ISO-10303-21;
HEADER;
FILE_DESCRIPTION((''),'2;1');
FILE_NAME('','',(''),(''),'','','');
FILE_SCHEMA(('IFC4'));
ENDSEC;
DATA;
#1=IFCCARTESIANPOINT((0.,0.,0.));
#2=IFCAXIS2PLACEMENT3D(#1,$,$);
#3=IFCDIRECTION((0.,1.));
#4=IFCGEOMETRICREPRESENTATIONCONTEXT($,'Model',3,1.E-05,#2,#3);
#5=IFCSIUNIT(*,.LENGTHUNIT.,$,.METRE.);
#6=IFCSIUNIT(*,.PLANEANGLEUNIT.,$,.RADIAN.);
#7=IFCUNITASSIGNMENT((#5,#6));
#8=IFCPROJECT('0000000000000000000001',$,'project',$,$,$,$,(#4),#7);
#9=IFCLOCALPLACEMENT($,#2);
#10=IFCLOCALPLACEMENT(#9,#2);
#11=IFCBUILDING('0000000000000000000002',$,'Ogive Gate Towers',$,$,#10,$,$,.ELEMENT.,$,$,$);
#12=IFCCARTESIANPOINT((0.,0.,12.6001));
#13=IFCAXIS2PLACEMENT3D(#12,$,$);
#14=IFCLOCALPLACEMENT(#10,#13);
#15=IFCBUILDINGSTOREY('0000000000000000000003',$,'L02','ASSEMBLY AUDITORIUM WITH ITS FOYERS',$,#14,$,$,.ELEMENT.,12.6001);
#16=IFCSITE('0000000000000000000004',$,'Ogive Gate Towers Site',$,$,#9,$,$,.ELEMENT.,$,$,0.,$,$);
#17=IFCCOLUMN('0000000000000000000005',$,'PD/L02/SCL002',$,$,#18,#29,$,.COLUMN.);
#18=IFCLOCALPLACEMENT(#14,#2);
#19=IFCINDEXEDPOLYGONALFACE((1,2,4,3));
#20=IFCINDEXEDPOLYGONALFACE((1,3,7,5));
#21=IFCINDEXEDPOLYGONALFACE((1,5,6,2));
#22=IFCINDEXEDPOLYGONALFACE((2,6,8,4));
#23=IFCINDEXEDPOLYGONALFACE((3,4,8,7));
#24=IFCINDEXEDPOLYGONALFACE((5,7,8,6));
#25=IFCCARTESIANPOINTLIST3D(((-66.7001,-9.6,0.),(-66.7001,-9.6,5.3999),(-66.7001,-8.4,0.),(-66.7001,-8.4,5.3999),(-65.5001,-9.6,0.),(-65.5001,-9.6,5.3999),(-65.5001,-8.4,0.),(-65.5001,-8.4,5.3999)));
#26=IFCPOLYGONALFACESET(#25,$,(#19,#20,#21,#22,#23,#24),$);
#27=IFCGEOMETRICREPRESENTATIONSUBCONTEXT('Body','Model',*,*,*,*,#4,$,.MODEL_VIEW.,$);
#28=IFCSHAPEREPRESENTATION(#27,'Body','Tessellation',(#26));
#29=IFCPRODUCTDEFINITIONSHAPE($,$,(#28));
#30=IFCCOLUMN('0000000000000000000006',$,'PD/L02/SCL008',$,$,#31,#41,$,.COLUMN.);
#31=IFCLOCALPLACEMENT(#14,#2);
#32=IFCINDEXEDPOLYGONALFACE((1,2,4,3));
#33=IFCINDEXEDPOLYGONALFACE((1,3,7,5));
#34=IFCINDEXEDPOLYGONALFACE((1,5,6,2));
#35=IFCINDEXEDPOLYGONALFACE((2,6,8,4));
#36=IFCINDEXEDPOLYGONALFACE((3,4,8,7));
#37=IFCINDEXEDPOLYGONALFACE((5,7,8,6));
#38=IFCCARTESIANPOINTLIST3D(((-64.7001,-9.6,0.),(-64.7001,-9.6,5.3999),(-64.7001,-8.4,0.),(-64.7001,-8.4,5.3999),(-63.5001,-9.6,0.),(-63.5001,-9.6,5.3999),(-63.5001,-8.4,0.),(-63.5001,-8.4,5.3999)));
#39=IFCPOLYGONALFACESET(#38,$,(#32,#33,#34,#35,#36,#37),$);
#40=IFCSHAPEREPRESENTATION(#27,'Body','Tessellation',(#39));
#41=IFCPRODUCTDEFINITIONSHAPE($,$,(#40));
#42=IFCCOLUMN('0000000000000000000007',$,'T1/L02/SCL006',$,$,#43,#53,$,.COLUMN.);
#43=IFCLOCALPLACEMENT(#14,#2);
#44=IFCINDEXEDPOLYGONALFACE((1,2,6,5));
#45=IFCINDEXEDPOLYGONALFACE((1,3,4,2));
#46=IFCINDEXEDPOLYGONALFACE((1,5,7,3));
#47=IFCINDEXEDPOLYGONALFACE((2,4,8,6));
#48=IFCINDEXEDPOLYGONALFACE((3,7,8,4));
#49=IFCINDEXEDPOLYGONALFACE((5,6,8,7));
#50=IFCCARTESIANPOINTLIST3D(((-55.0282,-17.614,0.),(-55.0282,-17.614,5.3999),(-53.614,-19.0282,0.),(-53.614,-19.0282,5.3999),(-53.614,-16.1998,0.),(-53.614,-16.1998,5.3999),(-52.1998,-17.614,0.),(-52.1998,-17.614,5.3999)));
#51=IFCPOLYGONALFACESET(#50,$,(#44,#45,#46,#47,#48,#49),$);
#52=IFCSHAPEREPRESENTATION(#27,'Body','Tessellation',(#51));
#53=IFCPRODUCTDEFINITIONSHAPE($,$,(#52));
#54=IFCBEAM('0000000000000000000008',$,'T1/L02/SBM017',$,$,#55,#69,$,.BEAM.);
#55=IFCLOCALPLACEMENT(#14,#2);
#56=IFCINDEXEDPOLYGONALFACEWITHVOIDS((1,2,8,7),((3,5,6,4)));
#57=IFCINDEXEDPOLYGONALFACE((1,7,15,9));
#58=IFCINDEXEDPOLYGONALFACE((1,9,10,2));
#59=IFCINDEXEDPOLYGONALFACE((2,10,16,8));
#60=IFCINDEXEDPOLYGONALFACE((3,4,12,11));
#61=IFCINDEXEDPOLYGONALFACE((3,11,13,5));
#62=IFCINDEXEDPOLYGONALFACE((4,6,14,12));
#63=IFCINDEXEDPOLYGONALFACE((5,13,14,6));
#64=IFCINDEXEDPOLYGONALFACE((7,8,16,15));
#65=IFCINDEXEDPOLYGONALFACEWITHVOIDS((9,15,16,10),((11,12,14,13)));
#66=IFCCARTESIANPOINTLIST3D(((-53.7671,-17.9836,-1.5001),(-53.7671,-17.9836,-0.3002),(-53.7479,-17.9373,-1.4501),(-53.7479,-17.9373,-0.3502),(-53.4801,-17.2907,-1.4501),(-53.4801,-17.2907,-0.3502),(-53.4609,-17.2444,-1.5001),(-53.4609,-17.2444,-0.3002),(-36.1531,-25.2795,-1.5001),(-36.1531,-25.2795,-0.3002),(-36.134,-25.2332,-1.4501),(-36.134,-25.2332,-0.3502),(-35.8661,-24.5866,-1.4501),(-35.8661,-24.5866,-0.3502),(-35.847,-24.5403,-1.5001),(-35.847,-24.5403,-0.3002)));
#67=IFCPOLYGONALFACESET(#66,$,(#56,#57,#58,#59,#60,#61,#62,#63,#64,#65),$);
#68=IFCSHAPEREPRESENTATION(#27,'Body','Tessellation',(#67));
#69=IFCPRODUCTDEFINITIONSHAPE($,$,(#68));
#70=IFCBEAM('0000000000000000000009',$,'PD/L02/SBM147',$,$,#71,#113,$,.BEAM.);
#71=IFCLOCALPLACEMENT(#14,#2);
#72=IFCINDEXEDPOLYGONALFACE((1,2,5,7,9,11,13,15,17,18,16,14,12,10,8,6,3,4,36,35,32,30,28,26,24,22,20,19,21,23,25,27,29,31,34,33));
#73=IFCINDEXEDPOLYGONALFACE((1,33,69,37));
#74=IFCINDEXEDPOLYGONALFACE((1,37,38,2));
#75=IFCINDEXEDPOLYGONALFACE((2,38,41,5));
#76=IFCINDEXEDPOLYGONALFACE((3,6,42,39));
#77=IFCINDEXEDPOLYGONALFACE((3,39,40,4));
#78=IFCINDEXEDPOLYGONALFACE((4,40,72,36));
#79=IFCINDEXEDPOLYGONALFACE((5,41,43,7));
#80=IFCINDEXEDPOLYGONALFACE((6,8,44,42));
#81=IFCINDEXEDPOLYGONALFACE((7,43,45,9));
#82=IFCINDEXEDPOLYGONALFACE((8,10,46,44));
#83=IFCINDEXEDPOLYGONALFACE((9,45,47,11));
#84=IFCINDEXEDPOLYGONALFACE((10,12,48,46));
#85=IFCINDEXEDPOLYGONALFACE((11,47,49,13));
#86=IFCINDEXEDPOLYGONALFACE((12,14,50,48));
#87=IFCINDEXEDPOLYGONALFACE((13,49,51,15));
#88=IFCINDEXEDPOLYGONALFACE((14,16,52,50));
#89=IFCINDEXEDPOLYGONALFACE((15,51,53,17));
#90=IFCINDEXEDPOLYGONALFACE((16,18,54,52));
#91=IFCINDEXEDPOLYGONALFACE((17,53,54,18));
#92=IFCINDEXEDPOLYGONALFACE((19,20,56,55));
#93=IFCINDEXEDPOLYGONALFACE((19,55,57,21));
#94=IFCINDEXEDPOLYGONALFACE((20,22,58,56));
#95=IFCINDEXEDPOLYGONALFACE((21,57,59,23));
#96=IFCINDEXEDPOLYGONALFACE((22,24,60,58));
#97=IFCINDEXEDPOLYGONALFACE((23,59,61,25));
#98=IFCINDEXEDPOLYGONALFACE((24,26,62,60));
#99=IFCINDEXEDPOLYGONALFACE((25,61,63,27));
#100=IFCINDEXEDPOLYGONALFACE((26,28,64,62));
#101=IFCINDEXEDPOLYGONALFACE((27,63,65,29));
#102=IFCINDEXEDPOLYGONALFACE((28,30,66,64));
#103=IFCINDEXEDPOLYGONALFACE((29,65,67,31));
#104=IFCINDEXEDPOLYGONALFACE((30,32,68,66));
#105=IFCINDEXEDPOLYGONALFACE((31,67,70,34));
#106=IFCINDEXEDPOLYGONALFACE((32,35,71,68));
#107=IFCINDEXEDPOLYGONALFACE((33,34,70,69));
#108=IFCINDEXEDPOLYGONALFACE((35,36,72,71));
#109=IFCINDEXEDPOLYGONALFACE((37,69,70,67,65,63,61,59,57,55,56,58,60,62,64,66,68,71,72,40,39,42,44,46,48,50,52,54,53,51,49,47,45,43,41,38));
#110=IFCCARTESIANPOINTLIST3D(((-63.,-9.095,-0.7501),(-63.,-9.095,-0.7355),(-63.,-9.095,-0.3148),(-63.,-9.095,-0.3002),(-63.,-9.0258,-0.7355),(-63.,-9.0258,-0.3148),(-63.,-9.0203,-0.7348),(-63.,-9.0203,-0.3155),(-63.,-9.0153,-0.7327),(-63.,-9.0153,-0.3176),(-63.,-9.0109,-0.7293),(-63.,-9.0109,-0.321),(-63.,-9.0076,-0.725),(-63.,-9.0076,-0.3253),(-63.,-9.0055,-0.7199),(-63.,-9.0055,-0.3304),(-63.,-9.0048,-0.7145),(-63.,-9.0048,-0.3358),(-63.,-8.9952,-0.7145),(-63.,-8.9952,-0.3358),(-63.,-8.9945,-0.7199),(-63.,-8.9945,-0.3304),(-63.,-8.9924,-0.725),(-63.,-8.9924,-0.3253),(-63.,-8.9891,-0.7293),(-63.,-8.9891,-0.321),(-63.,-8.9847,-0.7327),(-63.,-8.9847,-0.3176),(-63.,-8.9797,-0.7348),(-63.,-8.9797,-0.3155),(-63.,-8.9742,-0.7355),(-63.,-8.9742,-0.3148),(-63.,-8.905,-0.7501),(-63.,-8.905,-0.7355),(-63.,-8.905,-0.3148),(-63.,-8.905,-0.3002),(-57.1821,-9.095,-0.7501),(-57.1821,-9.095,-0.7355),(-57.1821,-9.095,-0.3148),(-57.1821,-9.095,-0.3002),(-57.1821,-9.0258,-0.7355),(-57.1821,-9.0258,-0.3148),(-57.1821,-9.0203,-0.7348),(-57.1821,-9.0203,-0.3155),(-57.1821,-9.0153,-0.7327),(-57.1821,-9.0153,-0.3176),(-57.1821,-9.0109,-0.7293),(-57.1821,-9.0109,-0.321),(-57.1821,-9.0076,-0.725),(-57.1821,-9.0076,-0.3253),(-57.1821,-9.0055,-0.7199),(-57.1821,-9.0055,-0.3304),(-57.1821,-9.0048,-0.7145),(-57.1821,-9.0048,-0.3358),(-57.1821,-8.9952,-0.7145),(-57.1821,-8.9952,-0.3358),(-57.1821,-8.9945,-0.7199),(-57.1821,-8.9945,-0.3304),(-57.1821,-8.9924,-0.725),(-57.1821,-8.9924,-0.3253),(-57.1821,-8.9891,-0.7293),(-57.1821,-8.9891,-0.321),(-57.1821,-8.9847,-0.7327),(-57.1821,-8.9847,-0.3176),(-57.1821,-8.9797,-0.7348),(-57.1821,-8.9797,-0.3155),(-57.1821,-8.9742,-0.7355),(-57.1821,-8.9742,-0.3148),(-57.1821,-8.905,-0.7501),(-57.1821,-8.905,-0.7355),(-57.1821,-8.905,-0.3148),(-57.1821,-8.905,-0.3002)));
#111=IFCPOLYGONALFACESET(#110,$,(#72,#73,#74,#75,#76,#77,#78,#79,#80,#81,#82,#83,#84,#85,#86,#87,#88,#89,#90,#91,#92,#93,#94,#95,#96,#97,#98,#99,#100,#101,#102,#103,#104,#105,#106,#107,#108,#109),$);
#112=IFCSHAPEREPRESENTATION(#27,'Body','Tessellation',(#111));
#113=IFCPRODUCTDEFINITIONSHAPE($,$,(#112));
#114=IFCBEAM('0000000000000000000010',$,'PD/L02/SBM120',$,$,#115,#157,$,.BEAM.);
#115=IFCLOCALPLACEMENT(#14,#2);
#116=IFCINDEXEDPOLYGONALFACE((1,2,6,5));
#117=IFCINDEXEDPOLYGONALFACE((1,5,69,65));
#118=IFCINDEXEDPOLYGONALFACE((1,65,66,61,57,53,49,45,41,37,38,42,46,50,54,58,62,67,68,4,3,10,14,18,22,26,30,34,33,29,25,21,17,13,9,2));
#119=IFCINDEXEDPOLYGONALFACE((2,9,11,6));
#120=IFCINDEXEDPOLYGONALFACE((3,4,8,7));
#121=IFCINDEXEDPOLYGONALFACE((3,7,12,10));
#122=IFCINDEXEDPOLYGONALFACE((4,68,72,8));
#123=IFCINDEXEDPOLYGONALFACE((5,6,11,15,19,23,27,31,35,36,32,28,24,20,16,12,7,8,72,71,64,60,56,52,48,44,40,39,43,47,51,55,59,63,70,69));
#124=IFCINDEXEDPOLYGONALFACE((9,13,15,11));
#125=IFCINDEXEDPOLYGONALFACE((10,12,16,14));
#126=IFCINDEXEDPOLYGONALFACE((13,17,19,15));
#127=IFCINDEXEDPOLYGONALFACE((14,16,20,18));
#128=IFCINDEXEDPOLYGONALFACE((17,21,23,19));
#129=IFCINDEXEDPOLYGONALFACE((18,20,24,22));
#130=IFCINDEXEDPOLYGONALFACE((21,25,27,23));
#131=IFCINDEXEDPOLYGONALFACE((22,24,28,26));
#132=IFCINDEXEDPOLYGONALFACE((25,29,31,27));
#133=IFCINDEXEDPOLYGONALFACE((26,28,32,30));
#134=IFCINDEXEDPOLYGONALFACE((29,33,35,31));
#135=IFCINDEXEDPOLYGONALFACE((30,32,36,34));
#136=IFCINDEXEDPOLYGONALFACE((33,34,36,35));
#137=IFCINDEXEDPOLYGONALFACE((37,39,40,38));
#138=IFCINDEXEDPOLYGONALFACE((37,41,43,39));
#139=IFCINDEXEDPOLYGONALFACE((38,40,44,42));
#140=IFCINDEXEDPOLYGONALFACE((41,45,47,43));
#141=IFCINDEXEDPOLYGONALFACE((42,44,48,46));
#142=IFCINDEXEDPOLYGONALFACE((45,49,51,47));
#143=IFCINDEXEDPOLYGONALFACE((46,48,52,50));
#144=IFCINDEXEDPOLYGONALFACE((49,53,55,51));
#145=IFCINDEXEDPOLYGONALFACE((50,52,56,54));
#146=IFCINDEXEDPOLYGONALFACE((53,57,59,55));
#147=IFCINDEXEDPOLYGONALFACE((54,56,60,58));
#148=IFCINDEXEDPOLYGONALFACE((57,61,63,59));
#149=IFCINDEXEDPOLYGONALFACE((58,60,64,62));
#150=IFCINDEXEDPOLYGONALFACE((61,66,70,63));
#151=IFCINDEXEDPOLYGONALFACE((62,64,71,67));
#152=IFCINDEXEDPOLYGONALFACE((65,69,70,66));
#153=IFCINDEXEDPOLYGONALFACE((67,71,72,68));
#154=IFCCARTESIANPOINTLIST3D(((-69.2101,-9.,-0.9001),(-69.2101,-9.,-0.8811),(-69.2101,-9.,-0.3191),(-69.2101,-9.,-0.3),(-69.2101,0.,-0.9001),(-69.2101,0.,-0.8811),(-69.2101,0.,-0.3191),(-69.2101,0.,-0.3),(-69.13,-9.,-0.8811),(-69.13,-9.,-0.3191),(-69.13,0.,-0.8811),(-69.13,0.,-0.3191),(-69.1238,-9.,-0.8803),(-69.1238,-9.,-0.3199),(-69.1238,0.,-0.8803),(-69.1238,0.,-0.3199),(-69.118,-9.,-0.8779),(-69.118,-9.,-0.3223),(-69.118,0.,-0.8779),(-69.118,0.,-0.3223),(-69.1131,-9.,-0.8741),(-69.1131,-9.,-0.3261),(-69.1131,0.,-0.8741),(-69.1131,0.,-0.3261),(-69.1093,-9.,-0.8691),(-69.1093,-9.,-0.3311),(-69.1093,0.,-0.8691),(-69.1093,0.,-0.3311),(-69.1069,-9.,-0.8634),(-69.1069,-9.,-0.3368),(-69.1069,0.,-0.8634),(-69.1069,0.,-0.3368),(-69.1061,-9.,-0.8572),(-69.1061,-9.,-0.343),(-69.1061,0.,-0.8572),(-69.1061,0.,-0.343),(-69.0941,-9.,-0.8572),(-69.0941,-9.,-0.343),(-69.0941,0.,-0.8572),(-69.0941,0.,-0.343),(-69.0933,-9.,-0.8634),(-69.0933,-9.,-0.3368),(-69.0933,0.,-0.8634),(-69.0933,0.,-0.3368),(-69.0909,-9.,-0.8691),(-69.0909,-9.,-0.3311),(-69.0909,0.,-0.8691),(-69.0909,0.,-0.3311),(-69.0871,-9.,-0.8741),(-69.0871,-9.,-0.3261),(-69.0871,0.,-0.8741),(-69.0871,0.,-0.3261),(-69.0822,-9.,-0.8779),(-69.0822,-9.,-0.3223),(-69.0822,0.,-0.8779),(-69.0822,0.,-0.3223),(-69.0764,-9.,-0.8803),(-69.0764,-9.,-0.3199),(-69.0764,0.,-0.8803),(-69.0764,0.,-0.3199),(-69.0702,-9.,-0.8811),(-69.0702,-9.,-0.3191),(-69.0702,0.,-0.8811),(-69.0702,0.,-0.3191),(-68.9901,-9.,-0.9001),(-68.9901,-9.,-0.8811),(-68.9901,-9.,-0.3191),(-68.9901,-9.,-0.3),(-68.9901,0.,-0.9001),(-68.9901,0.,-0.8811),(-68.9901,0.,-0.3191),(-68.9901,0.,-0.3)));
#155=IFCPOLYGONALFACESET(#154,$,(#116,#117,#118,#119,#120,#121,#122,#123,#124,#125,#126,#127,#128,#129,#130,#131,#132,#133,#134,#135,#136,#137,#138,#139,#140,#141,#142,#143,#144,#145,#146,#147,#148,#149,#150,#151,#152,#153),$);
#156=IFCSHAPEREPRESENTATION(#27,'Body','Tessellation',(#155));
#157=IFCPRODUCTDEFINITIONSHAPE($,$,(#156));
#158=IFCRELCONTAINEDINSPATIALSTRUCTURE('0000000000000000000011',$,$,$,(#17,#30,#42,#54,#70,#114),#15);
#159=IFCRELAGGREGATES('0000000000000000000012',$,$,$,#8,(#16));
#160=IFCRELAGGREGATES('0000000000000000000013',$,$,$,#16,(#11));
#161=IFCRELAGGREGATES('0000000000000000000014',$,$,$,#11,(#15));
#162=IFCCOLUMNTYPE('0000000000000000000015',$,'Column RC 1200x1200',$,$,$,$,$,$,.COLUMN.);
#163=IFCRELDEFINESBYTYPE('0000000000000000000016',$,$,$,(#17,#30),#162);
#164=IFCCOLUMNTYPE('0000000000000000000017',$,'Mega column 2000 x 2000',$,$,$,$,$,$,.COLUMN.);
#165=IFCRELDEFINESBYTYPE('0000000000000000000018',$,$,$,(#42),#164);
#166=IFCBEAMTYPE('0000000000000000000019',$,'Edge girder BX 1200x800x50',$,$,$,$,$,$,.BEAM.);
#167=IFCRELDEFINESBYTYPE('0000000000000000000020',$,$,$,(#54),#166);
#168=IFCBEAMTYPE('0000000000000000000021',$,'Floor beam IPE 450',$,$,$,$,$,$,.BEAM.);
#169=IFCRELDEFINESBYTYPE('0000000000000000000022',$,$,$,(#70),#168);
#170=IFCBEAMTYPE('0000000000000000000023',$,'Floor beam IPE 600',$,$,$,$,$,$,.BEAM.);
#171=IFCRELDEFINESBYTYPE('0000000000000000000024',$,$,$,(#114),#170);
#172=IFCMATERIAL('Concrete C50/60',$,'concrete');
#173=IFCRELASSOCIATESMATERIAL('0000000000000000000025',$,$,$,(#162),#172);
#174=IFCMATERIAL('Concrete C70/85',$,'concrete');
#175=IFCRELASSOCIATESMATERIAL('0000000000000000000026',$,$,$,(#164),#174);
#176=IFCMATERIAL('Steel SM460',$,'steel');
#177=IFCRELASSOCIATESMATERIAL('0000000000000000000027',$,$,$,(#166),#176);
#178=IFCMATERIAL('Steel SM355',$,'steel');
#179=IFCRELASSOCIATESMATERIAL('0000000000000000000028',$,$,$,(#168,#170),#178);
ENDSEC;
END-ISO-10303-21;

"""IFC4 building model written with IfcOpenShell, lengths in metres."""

from ifc_helpers import new_model, si_unit, direction, frame, origin, origin_2d, place, context, subcontext, project, spatial, rectangle, hollow_rectangle, i_section, extrude, material, material_profile, profile_set, type_object, element, save


model = new_model("IFC4")

# Units and contexts
model_context = context("Model", 3, precision=1e-05, world=origin(), true_north=direction((0.0, 1.0)))
body_context = subcontext(model_context, "Body", "Model", "MODEL_VIEW")
ifc_project = project(units=[si_unit("LENGTHUNIT", "METRE"), si_unit("PLANEANGLEUNIT", "RADIAN")], contexts=[model_context])

# Site, building, storey
site_placement = place(None, origin())
site = spatial("IfcSite", under=ifc_project, at=site_placement, Name="Ogive Gate Towers Site", CompositionType="ELEMENT", RefElevation=0.0)
building_placement = place(site_placement, origin())
building = spatial("IfcBuilding", under=site, at=building_placement, Name="Ogive Gate Towers", CompositionType="ELEMENT")
storey_placement = place(building_placement, frame((0.0, 0.0, 12.6001)))
storey = spatial("IfcBuildingStorey", under=building, at=storey_placement, Name="L02", Description="ASSEMBLY AUDITORIUM WITH ITS FOYERS", CompositionType="ELEMENT", Elevation=12.6001)

# Columns
ifc_material_1 = material(Name="Concrete C50/60", Category="concrete")
ifc_material_profile_1 = material_profile(ifc_material_1, rectangle(XDim=1.2, YDim=1.2, at=origin_2d()), Name="RC 1200x1200")
ifc_profile_set_1 = profile_set([ifc_material_profile_1], Name="Concrete C50/60")
column_type_1 = type_object("IfcColumnType", Name="Column RC 1200x1200", PredefinedType="COLUMN", material=ifc_profile_set_1)
for number, where, z_axis, x_axis, name in (
    (1, (-66.1001, -9.0, 0.0), (0.0, 0.0, 1.0), (1.0, 0.0, 0.0), "PD/L02/SCL002"),
    (2, (-64.1001, -9.0, 0.0), (0.0, 0.0, 1.0), (1.0, 0.0, 0.0), "PD/L02/SCL008"),
):
    element("IfcColumn", number, at=place(storey_placement, frame(where, z_axis=z_axis, x_axis=x_axis)), inside=storey, type_object=column_type_1, Name=name, PredefinedType="COLUMN", context=body_context, shape_type="SweptSolid", body=[
        extrude(rectangle(XDim=1.2, YDim=1.2, at=origin_2d()), origin(), (0.0, 0.0, 1.0), 5.3999),
    ])
ifc_material_2 = material(Name="Concrete C70/85", Category="concrete")
ifc_material_profile_2 = material_profile(ifc_material_2, rectangle(XDim=2.0, YDim=2.0, at=origin_2d()), Name="RC 2000x2000")
ifc_profile_set_2 = profile_set([ifc_material_profile_2], Name="Concrete C70/85")
column_type_2 = type_object("IfcColumnType", Name="Mega column 2000 x 2000", PredefinedType="COLUMN", material=ifc_profile_set_2)
column_placement = place(storey_placement, frame((-53.614, -17.614, 0.0), z_axis=(0.0, 0.0, 1.0), x_axis=(-0.707107, -0.707107, 0.0)))
element("IfcColumn", 3, at=column_placement, inside=storey, type_object=column_type_2, Name="T1/L02/SCL006", PredefinedType="COLUMN", context=body_context, shape_type="SweptSolid", body=[
    extrude(rectangle(XDim=2.0, YDim=2.0, at=origin_2d()), origin(), (0.0, 0.0, 1.0), 5.3999),
])

# Beams
ifc_material_3 = material(Name="Steel SM460", Category="steel")
ifc_material_profile_3 = material_profile(ifc_material_3, hollow_rectangle(XDim=0.8, YDim=1.2, WallThickness=0.05, at=origin_2d()), Name="BX 1200x800x50")
ifc_profile_set_3 = profile_set([ifc_material_profile_3], Name="Steel SM460")
beam_type_1 = type_object("IfcBeamType", Name="Edge girder BX 1200x800x50", PredefinedType="BEAM", material=ifc_profile_set_3)
beam_1_placement = place(storey_placement, frame((-53.614, -17.614, -0.9001), z_axis=(0.923881, -0.382681, 0.0), x_axis=(0.382681, 0.923881, 0.0)))
element("IfcBeam", 4, at=beam_1_placement, inside=storey, type_object=beam_type_1, Name="T1/L02/SBM017", PredefinedType="BEAM", context=body_context, shape_type="SweptSolid", body=[
    extrude(hollow_rectangle(XDim=0.8, YDim=1.2, WallThickness=0.05, at=origin_2d()), origin(), (0.0, 0.0, 1.0), 19.0652),
])
ifc_material_4 = material(Name="Steel SM355", Category="steel")
ifc_material_profile_4 = material_profile(ifc_material_4, i_section(OverallWidth=0.1899, OverallDepth=0.45, WebThickness=0.0095, FlangeThickness=0.0146, FilletRadius=0.021, at=origin_2d()), Name="IPE 450")
ifc_profile_set_4 = profile_set([ifc_material_profile_4], Name="Steel SM355")
beam_type_2 = type_object("IfcBeamType", Name="Floor beam IPE 450", PredefinedType="BEAM", material=ifc_profile_set_4)
beam_2_placement = place(storey_placement, frame((-63.0, -9.0, -0.5251), z_axis=(1.0, 0.0, 0.0), x_axis=(0.0, 1.0, 0.0)))
element("IfcBeam", 5, at=beam_2_placement, inside=storey, type_object=beam_type_2, Name="PD/L02/SBM147", PredefinedType="BEAM", context=body_context, shape_type="SweptSolid", body=[
    extrude(i_section(OverallWidth=0.1899, OverallDepth=0.45, WebThickness=0.0095, FlangeThickness=0.0146, FilletRadius=0.021, at=origin_2d()), origin(), (0.0, 0.0, 1.0), 5.8179),
])
ifc_material_profile_5 = material_profile(ifc_material_4, i_section(OverallWidth=0.22, OverallDepth=0.6001, WebThickness=0.012, FlangeThickness=0.019, FilletRadius=0.0239, at=origin_2d()), Name="IPE 600")
ifc_profile_set_5 = profile_set([ifc_material_profile_5], Name="Steel SM355")
beam_type_3 = type_object("IfcBeamType", Name="Floor beam IPE 600", PredefinedType="BEAM", material=ifc_profile_set_5)
beam_3_placement = place(storey_placement, frame((-69.1001, -9.0, -0.6001), z_axis=(0.0, 1.0, 0.0), x_axis=(-1.0, 0.0, 0.0)))
element("IfcBeam", 6, at=beam_3_placement, inside=storey, type_object=beam_type_3, Name="PD/L02/SBM120", PredefinedType="BEAM", context=body_context, shape_type="SweptSolid", body=[
    extrude(i_section(OverallWidth=0.22, OverallDepth=0.6001, WebThickness=0.012, FlangeThickness=0.019, FilletRadius=0.0239, at=origin_2d()), origin(), (0.0, 0.0, 1.0), 9.0),
])

save(model, "model.ifc")
